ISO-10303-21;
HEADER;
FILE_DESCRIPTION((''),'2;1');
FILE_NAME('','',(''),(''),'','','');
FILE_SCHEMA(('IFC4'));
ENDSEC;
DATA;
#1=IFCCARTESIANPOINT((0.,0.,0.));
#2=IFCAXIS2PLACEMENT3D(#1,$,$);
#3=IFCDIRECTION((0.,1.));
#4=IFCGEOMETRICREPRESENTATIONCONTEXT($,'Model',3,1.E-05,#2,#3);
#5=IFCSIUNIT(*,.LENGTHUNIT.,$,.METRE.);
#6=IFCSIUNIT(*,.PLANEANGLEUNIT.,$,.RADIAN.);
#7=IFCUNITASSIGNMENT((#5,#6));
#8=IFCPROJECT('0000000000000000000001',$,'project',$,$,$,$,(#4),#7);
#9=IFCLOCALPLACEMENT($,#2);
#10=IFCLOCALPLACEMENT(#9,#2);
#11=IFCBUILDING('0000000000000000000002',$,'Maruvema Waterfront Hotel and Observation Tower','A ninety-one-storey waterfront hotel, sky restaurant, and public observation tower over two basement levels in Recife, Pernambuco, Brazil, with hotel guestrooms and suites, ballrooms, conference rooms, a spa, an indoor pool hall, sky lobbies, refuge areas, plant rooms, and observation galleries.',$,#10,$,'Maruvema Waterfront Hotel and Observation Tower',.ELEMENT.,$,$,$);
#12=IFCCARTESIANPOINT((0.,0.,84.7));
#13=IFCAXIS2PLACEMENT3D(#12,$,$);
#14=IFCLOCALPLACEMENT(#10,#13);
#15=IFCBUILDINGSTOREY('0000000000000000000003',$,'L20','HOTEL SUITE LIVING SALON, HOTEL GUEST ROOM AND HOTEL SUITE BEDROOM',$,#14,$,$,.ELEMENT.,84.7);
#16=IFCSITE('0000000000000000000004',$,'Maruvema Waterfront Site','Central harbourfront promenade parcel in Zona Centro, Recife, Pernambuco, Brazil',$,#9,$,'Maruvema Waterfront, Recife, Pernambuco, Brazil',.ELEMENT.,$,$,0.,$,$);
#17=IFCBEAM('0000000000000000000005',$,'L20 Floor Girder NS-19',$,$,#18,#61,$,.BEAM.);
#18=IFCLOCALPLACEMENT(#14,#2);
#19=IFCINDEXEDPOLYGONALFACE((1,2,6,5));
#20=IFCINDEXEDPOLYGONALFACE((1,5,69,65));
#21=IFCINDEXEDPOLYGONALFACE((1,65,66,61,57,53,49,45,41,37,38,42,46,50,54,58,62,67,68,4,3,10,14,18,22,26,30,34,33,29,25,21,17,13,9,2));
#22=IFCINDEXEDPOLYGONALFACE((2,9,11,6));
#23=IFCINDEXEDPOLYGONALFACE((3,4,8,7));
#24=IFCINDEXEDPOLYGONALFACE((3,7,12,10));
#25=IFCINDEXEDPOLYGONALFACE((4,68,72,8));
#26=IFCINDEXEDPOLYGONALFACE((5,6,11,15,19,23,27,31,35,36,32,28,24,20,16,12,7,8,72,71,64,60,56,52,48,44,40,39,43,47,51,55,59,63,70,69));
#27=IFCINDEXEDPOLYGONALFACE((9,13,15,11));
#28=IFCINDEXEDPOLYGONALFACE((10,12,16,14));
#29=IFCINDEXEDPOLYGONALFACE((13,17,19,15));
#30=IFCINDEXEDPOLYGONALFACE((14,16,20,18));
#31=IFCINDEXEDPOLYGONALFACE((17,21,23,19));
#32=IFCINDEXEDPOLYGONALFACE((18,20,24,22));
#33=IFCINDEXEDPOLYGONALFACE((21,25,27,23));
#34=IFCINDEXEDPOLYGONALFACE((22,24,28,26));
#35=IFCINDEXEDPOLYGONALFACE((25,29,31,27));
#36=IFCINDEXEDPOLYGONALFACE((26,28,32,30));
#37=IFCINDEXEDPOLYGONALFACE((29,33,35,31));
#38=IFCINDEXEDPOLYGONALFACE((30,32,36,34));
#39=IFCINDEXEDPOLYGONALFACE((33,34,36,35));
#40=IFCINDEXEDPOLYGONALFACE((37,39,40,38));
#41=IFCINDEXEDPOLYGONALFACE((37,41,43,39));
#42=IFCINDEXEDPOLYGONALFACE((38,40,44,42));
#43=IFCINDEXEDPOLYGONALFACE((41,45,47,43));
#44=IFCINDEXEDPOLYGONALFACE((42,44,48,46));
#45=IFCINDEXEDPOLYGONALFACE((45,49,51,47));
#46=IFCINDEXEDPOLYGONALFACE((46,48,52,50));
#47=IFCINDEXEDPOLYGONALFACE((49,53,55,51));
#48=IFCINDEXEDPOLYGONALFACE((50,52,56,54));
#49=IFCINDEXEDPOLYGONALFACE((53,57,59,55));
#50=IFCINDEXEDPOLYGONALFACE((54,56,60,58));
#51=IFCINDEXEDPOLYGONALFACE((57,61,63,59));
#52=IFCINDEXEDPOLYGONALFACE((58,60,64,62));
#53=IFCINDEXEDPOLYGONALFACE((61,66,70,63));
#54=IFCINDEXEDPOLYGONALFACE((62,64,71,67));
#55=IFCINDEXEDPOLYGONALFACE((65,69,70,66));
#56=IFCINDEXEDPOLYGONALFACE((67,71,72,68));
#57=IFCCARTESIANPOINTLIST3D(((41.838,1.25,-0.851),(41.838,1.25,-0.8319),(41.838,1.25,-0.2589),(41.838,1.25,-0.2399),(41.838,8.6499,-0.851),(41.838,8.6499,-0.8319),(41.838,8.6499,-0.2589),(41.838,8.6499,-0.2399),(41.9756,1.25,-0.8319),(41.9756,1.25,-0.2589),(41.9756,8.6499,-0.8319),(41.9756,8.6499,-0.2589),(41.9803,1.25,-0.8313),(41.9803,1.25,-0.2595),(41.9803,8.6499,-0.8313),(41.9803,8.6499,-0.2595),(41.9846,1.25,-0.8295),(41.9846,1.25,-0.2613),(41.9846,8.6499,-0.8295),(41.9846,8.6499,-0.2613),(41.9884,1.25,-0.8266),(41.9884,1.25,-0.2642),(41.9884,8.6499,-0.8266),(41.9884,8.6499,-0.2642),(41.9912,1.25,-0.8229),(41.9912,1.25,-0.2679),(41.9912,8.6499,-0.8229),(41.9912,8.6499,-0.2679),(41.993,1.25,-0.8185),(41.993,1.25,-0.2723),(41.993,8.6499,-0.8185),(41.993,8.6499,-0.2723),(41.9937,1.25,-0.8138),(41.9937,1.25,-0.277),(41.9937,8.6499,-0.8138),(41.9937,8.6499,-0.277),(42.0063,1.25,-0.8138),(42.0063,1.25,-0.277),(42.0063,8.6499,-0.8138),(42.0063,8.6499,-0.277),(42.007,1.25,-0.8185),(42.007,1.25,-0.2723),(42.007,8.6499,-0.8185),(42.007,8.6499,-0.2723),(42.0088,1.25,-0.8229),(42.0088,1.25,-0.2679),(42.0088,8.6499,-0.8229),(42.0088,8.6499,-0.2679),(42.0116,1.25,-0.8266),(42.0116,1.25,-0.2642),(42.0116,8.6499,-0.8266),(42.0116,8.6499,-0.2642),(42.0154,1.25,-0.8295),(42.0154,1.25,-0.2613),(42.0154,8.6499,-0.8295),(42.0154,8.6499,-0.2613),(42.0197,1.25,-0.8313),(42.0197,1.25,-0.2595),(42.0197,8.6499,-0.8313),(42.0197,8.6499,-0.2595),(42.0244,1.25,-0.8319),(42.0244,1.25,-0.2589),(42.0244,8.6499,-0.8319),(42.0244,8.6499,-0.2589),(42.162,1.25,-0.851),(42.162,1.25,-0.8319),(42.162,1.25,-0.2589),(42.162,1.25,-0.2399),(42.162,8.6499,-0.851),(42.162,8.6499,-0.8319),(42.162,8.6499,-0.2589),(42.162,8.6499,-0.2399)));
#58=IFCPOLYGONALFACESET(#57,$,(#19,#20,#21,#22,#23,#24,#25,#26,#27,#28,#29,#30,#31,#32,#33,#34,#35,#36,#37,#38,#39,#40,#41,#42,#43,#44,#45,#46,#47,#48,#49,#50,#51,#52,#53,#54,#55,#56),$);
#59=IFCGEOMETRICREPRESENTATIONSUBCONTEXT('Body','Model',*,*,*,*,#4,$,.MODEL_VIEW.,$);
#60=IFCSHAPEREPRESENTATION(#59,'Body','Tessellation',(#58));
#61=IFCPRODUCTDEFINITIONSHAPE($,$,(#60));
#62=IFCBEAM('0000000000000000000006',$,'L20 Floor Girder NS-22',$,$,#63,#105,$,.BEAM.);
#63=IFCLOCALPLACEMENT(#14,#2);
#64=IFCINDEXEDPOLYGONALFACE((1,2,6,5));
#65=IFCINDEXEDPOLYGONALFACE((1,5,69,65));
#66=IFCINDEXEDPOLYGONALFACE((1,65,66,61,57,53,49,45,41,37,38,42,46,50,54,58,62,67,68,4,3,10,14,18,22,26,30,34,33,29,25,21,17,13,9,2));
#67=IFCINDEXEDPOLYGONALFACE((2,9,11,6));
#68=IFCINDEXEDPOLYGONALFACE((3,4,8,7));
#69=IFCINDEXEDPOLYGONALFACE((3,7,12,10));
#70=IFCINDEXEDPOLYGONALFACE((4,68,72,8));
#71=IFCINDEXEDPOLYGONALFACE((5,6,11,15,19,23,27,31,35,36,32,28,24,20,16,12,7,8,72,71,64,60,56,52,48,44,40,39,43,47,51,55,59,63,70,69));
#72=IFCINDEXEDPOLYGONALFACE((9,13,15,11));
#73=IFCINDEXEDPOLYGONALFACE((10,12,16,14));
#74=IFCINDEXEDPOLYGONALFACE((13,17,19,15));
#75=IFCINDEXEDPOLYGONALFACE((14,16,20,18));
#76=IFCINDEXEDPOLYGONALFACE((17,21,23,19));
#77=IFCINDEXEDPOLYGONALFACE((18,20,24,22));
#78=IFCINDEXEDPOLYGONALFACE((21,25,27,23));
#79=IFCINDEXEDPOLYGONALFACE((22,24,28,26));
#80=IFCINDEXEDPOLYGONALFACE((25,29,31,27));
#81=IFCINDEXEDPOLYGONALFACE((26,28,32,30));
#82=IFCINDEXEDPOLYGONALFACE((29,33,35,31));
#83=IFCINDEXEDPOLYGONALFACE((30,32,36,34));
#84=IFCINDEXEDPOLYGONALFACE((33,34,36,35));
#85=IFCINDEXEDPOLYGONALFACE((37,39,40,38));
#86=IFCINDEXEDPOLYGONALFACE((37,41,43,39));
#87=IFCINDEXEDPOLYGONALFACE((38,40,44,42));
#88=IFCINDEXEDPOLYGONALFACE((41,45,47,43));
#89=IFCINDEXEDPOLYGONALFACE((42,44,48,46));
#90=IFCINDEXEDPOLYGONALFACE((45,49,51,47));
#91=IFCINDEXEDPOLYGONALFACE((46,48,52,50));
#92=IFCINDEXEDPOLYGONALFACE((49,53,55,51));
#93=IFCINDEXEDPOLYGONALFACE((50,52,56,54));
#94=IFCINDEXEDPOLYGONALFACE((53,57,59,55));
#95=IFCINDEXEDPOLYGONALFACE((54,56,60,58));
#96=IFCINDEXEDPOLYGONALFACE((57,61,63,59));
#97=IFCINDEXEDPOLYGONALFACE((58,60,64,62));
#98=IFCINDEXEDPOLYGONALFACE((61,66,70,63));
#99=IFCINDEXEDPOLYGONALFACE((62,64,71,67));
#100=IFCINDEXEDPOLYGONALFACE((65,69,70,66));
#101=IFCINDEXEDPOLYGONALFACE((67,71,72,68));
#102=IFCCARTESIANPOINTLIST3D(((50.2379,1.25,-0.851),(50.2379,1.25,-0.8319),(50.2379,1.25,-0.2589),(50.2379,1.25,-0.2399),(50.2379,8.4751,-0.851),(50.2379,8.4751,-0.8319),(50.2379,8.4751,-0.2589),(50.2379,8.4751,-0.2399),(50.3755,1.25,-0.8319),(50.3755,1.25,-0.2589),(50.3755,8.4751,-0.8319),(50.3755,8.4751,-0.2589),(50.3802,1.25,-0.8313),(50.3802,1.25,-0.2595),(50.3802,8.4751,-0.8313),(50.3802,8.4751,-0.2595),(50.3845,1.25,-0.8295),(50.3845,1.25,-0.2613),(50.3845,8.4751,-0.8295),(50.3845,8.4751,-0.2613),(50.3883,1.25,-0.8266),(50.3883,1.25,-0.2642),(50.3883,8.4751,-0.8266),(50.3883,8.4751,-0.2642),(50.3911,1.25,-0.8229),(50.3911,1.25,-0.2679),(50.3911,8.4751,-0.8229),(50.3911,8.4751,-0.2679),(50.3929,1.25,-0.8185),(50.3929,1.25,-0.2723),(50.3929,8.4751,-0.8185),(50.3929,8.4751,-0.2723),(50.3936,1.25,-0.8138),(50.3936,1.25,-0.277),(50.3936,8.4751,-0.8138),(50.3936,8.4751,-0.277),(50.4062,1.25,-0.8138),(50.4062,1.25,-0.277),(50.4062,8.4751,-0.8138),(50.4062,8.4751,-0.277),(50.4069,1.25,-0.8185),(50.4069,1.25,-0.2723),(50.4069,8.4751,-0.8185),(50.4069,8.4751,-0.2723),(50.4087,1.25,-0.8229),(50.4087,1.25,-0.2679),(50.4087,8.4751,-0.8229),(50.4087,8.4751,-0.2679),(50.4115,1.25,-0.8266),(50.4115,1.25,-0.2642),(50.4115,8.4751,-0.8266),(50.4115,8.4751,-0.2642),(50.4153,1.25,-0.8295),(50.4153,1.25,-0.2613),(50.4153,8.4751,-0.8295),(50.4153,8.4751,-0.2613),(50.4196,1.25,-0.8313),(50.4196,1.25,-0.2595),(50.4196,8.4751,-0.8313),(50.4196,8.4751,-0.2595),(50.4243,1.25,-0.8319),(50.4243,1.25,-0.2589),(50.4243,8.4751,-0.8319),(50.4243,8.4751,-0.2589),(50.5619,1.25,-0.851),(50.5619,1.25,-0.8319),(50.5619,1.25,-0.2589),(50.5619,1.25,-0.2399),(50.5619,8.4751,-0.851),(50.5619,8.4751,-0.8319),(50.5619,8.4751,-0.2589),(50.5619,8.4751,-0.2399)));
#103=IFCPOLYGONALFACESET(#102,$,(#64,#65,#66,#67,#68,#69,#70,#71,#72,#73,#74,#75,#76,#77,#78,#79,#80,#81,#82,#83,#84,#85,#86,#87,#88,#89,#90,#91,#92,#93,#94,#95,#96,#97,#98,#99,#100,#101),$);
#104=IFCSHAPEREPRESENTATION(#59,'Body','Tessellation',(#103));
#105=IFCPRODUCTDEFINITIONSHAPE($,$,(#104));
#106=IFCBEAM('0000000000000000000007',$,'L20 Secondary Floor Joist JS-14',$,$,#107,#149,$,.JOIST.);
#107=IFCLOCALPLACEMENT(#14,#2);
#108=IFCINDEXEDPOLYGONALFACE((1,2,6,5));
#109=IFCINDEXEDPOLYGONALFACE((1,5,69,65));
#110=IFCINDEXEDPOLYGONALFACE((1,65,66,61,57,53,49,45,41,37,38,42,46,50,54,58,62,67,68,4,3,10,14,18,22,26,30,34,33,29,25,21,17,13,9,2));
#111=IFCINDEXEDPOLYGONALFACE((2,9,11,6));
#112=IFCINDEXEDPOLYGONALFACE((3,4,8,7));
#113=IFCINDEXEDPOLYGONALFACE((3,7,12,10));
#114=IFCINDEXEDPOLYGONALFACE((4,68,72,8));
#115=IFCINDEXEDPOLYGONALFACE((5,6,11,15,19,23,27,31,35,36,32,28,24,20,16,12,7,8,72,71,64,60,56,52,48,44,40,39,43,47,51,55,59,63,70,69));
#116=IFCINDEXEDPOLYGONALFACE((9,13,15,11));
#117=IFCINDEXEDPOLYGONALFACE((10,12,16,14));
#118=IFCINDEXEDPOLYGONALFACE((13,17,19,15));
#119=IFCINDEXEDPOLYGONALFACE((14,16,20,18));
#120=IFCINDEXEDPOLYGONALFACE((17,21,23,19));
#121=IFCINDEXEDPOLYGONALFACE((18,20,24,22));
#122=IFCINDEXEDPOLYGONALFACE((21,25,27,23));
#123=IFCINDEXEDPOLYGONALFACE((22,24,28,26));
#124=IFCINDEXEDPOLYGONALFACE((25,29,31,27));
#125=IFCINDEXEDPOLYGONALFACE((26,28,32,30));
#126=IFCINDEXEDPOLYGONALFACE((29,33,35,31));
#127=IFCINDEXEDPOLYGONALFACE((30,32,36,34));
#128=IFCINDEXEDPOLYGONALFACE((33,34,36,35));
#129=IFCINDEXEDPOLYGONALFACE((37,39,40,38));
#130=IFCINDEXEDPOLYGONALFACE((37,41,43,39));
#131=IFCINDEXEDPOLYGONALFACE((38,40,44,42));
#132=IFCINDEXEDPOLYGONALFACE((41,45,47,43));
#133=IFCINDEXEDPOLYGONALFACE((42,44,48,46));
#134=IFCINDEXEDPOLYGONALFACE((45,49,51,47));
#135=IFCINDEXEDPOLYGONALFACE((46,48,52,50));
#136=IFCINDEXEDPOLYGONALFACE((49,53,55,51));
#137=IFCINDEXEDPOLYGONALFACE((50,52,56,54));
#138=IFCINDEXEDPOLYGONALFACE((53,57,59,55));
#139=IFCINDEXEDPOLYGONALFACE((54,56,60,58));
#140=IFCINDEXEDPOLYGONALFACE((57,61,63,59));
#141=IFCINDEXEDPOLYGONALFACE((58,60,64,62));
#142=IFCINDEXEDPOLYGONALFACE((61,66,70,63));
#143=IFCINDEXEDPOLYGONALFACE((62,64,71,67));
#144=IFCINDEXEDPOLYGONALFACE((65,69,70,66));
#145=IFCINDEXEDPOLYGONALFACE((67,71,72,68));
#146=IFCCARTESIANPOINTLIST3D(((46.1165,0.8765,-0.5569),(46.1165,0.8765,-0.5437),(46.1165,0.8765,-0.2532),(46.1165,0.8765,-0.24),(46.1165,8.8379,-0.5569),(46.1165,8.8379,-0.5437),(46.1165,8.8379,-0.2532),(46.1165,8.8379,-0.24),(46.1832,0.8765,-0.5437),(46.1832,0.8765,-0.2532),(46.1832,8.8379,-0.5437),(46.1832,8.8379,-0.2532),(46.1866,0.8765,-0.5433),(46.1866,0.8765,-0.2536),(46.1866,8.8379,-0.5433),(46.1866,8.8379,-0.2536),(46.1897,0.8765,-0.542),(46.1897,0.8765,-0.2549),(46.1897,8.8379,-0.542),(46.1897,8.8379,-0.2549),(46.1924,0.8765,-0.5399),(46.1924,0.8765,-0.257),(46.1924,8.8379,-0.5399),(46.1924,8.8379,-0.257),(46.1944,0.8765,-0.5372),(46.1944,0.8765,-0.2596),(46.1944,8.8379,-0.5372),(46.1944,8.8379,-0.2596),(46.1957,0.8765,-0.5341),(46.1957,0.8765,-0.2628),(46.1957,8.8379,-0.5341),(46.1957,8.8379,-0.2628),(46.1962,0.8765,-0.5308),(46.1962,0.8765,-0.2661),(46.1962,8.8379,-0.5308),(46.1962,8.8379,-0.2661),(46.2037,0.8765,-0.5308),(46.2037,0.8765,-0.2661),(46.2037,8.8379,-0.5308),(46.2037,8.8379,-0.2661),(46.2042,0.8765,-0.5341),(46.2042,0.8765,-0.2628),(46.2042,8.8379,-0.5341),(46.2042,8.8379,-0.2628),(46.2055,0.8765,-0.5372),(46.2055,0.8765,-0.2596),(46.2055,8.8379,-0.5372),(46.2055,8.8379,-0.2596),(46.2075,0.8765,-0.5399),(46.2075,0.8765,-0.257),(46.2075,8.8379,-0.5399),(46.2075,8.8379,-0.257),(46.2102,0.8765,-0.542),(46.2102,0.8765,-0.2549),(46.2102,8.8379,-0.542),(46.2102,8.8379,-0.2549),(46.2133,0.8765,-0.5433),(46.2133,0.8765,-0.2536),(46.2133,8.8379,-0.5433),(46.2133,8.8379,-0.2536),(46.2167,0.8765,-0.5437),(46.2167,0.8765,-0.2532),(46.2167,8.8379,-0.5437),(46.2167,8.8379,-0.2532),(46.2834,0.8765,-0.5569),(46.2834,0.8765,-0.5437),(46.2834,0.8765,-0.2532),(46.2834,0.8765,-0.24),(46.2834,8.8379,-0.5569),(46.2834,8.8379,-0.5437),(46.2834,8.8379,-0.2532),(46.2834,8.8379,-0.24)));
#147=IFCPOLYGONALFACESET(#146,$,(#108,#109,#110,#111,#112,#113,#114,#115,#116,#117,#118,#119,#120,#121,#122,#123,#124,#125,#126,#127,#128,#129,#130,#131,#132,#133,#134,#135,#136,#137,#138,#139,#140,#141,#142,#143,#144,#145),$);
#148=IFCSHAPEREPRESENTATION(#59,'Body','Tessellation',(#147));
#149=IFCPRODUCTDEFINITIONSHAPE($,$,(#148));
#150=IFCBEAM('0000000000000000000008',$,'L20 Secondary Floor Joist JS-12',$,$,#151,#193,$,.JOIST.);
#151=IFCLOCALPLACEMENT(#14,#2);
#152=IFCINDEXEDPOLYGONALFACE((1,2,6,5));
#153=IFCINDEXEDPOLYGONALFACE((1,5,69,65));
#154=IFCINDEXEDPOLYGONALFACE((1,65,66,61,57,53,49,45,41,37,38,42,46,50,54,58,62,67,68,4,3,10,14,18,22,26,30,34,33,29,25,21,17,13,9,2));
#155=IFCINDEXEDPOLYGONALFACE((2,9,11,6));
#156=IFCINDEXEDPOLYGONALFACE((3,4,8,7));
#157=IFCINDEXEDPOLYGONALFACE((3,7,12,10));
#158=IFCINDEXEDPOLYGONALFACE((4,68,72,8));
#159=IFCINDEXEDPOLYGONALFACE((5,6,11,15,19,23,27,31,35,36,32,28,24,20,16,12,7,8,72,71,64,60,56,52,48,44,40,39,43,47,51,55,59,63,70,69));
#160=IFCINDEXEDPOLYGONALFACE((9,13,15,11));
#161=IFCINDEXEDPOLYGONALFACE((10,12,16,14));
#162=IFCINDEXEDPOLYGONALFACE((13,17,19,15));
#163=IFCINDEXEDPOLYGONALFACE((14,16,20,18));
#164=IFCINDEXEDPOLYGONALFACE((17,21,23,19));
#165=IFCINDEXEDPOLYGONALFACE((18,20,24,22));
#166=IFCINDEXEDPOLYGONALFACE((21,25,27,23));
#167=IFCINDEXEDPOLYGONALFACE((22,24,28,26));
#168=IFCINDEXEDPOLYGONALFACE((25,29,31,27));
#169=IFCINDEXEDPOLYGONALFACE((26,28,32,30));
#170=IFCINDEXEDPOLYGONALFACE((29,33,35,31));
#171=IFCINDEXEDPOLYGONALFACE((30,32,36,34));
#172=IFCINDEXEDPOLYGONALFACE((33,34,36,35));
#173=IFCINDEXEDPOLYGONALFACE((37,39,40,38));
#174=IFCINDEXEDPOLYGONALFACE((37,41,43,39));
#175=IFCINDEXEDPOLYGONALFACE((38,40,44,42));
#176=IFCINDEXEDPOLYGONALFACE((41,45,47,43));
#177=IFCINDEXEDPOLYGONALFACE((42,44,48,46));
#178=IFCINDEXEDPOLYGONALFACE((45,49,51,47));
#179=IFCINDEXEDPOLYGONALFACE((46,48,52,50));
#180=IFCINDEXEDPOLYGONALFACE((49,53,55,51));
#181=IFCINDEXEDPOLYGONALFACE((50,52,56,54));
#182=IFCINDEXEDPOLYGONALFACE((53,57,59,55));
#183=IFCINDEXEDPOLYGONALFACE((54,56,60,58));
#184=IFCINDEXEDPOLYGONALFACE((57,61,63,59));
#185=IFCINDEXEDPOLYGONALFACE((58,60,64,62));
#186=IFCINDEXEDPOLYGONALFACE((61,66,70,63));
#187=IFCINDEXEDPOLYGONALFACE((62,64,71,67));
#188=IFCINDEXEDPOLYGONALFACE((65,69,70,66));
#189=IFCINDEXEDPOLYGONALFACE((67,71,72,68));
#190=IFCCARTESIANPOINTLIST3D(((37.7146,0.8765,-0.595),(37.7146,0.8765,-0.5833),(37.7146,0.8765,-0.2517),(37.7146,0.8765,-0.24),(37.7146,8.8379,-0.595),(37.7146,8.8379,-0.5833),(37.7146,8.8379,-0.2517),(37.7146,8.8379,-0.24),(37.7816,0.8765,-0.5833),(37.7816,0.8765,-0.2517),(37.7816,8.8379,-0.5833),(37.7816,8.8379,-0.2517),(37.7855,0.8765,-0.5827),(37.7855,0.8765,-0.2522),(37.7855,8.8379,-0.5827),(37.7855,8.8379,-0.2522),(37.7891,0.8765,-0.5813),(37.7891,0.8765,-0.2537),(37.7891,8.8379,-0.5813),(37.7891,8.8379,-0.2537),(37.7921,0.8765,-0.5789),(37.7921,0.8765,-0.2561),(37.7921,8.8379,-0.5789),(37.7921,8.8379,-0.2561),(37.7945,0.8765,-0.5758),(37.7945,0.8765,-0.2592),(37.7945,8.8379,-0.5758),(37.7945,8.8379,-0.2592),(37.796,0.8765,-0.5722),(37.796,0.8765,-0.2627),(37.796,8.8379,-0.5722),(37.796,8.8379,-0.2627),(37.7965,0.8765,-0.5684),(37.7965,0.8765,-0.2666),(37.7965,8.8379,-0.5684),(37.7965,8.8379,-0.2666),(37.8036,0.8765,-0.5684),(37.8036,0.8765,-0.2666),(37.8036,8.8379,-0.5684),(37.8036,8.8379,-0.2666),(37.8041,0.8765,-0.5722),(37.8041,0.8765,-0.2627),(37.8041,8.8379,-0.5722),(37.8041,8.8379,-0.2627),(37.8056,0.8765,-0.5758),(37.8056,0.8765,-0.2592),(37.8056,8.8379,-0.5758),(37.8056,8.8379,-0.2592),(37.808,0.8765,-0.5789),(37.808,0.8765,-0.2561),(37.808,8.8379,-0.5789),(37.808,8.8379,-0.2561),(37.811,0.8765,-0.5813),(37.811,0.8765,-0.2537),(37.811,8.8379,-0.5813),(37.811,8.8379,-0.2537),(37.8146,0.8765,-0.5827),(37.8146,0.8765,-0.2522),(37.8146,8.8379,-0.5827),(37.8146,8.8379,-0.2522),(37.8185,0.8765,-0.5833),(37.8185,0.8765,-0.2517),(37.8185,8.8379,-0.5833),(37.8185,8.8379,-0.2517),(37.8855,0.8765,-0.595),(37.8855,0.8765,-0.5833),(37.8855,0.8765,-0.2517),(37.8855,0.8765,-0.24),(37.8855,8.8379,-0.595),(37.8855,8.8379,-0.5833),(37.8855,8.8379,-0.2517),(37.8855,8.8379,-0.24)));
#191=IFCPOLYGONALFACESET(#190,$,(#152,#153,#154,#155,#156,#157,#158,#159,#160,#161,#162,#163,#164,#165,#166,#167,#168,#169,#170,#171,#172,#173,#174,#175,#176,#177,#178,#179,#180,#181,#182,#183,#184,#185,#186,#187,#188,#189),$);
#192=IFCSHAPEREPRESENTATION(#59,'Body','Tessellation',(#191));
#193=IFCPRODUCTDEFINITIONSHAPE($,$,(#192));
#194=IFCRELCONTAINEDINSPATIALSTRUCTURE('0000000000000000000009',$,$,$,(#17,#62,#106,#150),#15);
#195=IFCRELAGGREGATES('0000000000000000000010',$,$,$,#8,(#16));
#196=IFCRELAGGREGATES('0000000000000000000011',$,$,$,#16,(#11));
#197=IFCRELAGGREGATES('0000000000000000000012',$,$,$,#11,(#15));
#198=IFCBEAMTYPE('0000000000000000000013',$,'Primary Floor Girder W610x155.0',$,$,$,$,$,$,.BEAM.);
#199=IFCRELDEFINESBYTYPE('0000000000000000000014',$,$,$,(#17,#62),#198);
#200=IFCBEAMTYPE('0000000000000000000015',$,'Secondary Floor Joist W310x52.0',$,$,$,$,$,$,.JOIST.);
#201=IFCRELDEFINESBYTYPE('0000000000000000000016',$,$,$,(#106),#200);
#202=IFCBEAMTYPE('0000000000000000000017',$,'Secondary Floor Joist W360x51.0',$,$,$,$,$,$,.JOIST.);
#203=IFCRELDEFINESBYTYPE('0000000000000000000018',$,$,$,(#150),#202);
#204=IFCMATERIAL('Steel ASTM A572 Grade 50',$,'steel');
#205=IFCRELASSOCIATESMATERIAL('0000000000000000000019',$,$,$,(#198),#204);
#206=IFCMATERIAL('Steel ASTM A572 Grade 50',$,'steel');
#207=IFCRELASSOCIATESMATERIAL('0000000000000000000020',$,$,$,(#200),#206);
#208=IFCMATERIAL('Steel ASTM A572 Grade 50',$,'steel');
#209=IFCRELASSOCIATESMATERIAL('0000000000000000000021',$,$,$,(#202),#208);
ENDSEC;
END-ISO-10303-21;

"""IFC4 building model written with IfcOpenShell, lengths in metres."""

from ifc_helpers import new_model, si_unit, direction, frame, origin, origin_2d, place, context, subcontext, project, spatial, i_section, extrude, material, material_profile, profile_set, type_object, element, save


model = new_model("IFC4")

# Units and contexts
model_context = context("Model", 3, precision=1e-05, world=origin(), true_north=direction((0.0, 1.0)))
body_context = subcontext(model_context, "Body", "Model", "MODEL_VIEW")
ifc_project = project(units=[si_unit("LENGTHUNIT", "METRE"), si_unit("PLANEANGLEUNIT", "RADIAN")], contexts=[model_context])

# Site, building, storey
site_placement = place(None, origin())
site = spatial("IfcSite", under=ifc_project, at=site_placement, Name="Maruvema Waterfront Site", Description="Central harbourfront promenade parcel in Zona Centro, Recife, Pernambuco, Brazil", LongName="Maruvema Waterfront, Recife, Pernambuco, Brazil", CompositionType="ELEMENT", RefElevation=0.0)
building_placement = place(site_placement, origin())
building = spatial("IfcBuilding", under=site, at=building_placement, Name="Maruvema Waterfront Hotel and Observation Tower", Description="A ninety-one-storey waterfront hotel, sky restaurant, and public observation tower over two basement levels in Recife, Pernambuco, Brazil, with hotel guestrooms and suites, ballrooms, conference rooms, a spa, an indoor pool hall, sky lobbies, refuge areas, plant rooms, and observation galleries.", LongName="Maruvema Waterfront Hotel and Observation Tower", CompositionType="ELEMENT")
storey_placement = place(building_placement, frame((0.0, 0.0, 84.7)))
storey = spatial("IfcBuildingStorey", under=building, at=storey_placement, Name="L20", Description="HOTEL SUITE LIVING SALON, HOTEL GUEST ROOM AND HOTEL SUITE BEDROOM", CompositionType="ELEMENT", Elevation=84.7)

# Beams
ifc_material_1 = material(Name="Steel ASTM A572 Grade 50", Category="steel")
ifc_material_profile_1 = material_profile(ifc_material_1, i_section(OverallWidth=0.324, OverallDepth=0.6111, WebThickness=0.0127, FlangeThickness=0.019, FilletRadius=0.0181, at=origin_2d()), Name="W610x155.0")
ifc_profile_set_1 = profile_set([ifc_material_profile_1], Name="Steel ASTM A572 Grade 50")
beam_type_1 = type_object("IfcBeamType", Name="Primary Floor Girder W610x155.0", PredefinedType="BEAM", material=ifc_profile_set_1)
beam_1_placement = place(storey_placement, frame((42.0, 1.25, -0.5454), z_axis=(0.0, 1.0, 0.0), x_axis=(-1.0, 0.0, 0.0)))
element("IfcBeam", 1, at=beam_1_placement, inside=storey, type_object=beam_type_1, Name="L20 Floor Girder NS-19", PredefinedType="BEAM", context=body_context, shape_type="SweptSolid", body=[
    extrude(i_section(OverallWidth=0.324, OverallDepth=0.6111, WebThickness=0.0127, FlangeThickness=0.019, FilletRadius=0.0181, at=origin_2d()), origin(), (0.0, 0.0, 1.0), 7.3999),
])
beam_2_placement = place(storey_placement, frame((50.3999, 1.25, -0.5454), z_axis=(0.0, 1.0, 0.0), x_axis=(-1.0, 0.0, 0.0)))
element("IfcBeam", 2, at=beam_2_placement, inside=storey, type_object=beam_type_1, Name="L20 Floor Girder NS-22", PredefinedType="BEAM", context=body_context, shape_type="SweptSolid", body=[
    extrude(i_section(OverallWidth=0.324, OverallDepth=0.6111, WebThickness=0.0127, FlangeThickness=0.019, FilletRadius=0.0181, at=origin_2d()), origin(), (0.0, 0.0, 1.0), 7.2251),
])
ifc_material_2 = material(Name="Steel ASTM A572 Grade 50", Category="steel")
ifc_material_profile_2 = material_profile(ifc_material_2, i_section(OverallWidth=0.167, OverallDepth=0.3169, WebThickness=0.0076, FlangeThickness=0.0132, FilletRadius=0.0129, at=origin_2d()), Name="W310x52.0")
ifc_profile_set_2 = profile_set([ifc_material_profile_2], Name="Steel ASTM A572 Grade 50")
beam_type_2 = type_object("IfcBeamType", Name="Secondary Floor Joist W310x52.0", PredefinedType="JOIST", material=ifc_profile_set_2)
beam_3_placement = place(storey_placement, frame((46.2, 0.8765, -0.3984), z_axis=(0.0, 1.0, 0.0), x_axis=(-1.0, 0.0, 0.0)))
element("IfcBeam", 3, at=beam_3_placement, inside=storey, type_object=beam_type_2, Name="L20 Secondary Floor Joist JS-14", PredefinedType="JOIST", context=body_context, shape_type="SweptSolid", body=[
    extrude(i_section(OverallWidth=0.167, OverallDepth=0.3169, WebThickness=0.0076, FlangeThickness=0.0132, FilletRadius=0.0129, at=origin_2d()), origin(), (0.0, 0.0, 1.0), 7.9614),
])
ifc_material_3 = material(Name="Steel ASTM A572 Grade 50", Category="steel")
ifc_material_profile_3 = material_profile(ifc_material_3, i_section(OverallWidth=0.1709, OverallDepth=0.355, WebThickness=0.0071, FlangeThickness=0.0117, FilletRadius=0.0149, at=origin_2d()), Name="W360x51.0")
ifc_profile_set_3 = profile_set([ifc_material_profile_3], Name="Steel ASTM A572 Grade 50")
beam_type_3 = type_object("IfcBeamType", Name="Secondary Floor Joist W360x51.0", PredefinedType="JOIST", material=ifc_profile_set_3)
beam_4_placement = place(storey_placement, frame((37.8, 0.8765, -0.4175), z_axis=(0.0, 1.0, 0.0), x_axis=(-1.0, 0.0, 0.0)))
element("IfcBeam", 4, at=beam_4_placement, inside=storey, type_object=beam_type_3, Name="L20 Secondary Floor Joist JS-12", PredefinedType="JOIST", context=body_context, shape_type="SweptSolid", body=[
    extrude(i_section(OverallWidth=0.1709, OverallDepth=0.355, WebThickness=0.0071, FlangeThickness=0.0117, FilletRadius=0.0149, at=origin_2d()), origin(), (0.0, 0.0, 1.0), 7.9614),
])

save(model, "model.ifc")
